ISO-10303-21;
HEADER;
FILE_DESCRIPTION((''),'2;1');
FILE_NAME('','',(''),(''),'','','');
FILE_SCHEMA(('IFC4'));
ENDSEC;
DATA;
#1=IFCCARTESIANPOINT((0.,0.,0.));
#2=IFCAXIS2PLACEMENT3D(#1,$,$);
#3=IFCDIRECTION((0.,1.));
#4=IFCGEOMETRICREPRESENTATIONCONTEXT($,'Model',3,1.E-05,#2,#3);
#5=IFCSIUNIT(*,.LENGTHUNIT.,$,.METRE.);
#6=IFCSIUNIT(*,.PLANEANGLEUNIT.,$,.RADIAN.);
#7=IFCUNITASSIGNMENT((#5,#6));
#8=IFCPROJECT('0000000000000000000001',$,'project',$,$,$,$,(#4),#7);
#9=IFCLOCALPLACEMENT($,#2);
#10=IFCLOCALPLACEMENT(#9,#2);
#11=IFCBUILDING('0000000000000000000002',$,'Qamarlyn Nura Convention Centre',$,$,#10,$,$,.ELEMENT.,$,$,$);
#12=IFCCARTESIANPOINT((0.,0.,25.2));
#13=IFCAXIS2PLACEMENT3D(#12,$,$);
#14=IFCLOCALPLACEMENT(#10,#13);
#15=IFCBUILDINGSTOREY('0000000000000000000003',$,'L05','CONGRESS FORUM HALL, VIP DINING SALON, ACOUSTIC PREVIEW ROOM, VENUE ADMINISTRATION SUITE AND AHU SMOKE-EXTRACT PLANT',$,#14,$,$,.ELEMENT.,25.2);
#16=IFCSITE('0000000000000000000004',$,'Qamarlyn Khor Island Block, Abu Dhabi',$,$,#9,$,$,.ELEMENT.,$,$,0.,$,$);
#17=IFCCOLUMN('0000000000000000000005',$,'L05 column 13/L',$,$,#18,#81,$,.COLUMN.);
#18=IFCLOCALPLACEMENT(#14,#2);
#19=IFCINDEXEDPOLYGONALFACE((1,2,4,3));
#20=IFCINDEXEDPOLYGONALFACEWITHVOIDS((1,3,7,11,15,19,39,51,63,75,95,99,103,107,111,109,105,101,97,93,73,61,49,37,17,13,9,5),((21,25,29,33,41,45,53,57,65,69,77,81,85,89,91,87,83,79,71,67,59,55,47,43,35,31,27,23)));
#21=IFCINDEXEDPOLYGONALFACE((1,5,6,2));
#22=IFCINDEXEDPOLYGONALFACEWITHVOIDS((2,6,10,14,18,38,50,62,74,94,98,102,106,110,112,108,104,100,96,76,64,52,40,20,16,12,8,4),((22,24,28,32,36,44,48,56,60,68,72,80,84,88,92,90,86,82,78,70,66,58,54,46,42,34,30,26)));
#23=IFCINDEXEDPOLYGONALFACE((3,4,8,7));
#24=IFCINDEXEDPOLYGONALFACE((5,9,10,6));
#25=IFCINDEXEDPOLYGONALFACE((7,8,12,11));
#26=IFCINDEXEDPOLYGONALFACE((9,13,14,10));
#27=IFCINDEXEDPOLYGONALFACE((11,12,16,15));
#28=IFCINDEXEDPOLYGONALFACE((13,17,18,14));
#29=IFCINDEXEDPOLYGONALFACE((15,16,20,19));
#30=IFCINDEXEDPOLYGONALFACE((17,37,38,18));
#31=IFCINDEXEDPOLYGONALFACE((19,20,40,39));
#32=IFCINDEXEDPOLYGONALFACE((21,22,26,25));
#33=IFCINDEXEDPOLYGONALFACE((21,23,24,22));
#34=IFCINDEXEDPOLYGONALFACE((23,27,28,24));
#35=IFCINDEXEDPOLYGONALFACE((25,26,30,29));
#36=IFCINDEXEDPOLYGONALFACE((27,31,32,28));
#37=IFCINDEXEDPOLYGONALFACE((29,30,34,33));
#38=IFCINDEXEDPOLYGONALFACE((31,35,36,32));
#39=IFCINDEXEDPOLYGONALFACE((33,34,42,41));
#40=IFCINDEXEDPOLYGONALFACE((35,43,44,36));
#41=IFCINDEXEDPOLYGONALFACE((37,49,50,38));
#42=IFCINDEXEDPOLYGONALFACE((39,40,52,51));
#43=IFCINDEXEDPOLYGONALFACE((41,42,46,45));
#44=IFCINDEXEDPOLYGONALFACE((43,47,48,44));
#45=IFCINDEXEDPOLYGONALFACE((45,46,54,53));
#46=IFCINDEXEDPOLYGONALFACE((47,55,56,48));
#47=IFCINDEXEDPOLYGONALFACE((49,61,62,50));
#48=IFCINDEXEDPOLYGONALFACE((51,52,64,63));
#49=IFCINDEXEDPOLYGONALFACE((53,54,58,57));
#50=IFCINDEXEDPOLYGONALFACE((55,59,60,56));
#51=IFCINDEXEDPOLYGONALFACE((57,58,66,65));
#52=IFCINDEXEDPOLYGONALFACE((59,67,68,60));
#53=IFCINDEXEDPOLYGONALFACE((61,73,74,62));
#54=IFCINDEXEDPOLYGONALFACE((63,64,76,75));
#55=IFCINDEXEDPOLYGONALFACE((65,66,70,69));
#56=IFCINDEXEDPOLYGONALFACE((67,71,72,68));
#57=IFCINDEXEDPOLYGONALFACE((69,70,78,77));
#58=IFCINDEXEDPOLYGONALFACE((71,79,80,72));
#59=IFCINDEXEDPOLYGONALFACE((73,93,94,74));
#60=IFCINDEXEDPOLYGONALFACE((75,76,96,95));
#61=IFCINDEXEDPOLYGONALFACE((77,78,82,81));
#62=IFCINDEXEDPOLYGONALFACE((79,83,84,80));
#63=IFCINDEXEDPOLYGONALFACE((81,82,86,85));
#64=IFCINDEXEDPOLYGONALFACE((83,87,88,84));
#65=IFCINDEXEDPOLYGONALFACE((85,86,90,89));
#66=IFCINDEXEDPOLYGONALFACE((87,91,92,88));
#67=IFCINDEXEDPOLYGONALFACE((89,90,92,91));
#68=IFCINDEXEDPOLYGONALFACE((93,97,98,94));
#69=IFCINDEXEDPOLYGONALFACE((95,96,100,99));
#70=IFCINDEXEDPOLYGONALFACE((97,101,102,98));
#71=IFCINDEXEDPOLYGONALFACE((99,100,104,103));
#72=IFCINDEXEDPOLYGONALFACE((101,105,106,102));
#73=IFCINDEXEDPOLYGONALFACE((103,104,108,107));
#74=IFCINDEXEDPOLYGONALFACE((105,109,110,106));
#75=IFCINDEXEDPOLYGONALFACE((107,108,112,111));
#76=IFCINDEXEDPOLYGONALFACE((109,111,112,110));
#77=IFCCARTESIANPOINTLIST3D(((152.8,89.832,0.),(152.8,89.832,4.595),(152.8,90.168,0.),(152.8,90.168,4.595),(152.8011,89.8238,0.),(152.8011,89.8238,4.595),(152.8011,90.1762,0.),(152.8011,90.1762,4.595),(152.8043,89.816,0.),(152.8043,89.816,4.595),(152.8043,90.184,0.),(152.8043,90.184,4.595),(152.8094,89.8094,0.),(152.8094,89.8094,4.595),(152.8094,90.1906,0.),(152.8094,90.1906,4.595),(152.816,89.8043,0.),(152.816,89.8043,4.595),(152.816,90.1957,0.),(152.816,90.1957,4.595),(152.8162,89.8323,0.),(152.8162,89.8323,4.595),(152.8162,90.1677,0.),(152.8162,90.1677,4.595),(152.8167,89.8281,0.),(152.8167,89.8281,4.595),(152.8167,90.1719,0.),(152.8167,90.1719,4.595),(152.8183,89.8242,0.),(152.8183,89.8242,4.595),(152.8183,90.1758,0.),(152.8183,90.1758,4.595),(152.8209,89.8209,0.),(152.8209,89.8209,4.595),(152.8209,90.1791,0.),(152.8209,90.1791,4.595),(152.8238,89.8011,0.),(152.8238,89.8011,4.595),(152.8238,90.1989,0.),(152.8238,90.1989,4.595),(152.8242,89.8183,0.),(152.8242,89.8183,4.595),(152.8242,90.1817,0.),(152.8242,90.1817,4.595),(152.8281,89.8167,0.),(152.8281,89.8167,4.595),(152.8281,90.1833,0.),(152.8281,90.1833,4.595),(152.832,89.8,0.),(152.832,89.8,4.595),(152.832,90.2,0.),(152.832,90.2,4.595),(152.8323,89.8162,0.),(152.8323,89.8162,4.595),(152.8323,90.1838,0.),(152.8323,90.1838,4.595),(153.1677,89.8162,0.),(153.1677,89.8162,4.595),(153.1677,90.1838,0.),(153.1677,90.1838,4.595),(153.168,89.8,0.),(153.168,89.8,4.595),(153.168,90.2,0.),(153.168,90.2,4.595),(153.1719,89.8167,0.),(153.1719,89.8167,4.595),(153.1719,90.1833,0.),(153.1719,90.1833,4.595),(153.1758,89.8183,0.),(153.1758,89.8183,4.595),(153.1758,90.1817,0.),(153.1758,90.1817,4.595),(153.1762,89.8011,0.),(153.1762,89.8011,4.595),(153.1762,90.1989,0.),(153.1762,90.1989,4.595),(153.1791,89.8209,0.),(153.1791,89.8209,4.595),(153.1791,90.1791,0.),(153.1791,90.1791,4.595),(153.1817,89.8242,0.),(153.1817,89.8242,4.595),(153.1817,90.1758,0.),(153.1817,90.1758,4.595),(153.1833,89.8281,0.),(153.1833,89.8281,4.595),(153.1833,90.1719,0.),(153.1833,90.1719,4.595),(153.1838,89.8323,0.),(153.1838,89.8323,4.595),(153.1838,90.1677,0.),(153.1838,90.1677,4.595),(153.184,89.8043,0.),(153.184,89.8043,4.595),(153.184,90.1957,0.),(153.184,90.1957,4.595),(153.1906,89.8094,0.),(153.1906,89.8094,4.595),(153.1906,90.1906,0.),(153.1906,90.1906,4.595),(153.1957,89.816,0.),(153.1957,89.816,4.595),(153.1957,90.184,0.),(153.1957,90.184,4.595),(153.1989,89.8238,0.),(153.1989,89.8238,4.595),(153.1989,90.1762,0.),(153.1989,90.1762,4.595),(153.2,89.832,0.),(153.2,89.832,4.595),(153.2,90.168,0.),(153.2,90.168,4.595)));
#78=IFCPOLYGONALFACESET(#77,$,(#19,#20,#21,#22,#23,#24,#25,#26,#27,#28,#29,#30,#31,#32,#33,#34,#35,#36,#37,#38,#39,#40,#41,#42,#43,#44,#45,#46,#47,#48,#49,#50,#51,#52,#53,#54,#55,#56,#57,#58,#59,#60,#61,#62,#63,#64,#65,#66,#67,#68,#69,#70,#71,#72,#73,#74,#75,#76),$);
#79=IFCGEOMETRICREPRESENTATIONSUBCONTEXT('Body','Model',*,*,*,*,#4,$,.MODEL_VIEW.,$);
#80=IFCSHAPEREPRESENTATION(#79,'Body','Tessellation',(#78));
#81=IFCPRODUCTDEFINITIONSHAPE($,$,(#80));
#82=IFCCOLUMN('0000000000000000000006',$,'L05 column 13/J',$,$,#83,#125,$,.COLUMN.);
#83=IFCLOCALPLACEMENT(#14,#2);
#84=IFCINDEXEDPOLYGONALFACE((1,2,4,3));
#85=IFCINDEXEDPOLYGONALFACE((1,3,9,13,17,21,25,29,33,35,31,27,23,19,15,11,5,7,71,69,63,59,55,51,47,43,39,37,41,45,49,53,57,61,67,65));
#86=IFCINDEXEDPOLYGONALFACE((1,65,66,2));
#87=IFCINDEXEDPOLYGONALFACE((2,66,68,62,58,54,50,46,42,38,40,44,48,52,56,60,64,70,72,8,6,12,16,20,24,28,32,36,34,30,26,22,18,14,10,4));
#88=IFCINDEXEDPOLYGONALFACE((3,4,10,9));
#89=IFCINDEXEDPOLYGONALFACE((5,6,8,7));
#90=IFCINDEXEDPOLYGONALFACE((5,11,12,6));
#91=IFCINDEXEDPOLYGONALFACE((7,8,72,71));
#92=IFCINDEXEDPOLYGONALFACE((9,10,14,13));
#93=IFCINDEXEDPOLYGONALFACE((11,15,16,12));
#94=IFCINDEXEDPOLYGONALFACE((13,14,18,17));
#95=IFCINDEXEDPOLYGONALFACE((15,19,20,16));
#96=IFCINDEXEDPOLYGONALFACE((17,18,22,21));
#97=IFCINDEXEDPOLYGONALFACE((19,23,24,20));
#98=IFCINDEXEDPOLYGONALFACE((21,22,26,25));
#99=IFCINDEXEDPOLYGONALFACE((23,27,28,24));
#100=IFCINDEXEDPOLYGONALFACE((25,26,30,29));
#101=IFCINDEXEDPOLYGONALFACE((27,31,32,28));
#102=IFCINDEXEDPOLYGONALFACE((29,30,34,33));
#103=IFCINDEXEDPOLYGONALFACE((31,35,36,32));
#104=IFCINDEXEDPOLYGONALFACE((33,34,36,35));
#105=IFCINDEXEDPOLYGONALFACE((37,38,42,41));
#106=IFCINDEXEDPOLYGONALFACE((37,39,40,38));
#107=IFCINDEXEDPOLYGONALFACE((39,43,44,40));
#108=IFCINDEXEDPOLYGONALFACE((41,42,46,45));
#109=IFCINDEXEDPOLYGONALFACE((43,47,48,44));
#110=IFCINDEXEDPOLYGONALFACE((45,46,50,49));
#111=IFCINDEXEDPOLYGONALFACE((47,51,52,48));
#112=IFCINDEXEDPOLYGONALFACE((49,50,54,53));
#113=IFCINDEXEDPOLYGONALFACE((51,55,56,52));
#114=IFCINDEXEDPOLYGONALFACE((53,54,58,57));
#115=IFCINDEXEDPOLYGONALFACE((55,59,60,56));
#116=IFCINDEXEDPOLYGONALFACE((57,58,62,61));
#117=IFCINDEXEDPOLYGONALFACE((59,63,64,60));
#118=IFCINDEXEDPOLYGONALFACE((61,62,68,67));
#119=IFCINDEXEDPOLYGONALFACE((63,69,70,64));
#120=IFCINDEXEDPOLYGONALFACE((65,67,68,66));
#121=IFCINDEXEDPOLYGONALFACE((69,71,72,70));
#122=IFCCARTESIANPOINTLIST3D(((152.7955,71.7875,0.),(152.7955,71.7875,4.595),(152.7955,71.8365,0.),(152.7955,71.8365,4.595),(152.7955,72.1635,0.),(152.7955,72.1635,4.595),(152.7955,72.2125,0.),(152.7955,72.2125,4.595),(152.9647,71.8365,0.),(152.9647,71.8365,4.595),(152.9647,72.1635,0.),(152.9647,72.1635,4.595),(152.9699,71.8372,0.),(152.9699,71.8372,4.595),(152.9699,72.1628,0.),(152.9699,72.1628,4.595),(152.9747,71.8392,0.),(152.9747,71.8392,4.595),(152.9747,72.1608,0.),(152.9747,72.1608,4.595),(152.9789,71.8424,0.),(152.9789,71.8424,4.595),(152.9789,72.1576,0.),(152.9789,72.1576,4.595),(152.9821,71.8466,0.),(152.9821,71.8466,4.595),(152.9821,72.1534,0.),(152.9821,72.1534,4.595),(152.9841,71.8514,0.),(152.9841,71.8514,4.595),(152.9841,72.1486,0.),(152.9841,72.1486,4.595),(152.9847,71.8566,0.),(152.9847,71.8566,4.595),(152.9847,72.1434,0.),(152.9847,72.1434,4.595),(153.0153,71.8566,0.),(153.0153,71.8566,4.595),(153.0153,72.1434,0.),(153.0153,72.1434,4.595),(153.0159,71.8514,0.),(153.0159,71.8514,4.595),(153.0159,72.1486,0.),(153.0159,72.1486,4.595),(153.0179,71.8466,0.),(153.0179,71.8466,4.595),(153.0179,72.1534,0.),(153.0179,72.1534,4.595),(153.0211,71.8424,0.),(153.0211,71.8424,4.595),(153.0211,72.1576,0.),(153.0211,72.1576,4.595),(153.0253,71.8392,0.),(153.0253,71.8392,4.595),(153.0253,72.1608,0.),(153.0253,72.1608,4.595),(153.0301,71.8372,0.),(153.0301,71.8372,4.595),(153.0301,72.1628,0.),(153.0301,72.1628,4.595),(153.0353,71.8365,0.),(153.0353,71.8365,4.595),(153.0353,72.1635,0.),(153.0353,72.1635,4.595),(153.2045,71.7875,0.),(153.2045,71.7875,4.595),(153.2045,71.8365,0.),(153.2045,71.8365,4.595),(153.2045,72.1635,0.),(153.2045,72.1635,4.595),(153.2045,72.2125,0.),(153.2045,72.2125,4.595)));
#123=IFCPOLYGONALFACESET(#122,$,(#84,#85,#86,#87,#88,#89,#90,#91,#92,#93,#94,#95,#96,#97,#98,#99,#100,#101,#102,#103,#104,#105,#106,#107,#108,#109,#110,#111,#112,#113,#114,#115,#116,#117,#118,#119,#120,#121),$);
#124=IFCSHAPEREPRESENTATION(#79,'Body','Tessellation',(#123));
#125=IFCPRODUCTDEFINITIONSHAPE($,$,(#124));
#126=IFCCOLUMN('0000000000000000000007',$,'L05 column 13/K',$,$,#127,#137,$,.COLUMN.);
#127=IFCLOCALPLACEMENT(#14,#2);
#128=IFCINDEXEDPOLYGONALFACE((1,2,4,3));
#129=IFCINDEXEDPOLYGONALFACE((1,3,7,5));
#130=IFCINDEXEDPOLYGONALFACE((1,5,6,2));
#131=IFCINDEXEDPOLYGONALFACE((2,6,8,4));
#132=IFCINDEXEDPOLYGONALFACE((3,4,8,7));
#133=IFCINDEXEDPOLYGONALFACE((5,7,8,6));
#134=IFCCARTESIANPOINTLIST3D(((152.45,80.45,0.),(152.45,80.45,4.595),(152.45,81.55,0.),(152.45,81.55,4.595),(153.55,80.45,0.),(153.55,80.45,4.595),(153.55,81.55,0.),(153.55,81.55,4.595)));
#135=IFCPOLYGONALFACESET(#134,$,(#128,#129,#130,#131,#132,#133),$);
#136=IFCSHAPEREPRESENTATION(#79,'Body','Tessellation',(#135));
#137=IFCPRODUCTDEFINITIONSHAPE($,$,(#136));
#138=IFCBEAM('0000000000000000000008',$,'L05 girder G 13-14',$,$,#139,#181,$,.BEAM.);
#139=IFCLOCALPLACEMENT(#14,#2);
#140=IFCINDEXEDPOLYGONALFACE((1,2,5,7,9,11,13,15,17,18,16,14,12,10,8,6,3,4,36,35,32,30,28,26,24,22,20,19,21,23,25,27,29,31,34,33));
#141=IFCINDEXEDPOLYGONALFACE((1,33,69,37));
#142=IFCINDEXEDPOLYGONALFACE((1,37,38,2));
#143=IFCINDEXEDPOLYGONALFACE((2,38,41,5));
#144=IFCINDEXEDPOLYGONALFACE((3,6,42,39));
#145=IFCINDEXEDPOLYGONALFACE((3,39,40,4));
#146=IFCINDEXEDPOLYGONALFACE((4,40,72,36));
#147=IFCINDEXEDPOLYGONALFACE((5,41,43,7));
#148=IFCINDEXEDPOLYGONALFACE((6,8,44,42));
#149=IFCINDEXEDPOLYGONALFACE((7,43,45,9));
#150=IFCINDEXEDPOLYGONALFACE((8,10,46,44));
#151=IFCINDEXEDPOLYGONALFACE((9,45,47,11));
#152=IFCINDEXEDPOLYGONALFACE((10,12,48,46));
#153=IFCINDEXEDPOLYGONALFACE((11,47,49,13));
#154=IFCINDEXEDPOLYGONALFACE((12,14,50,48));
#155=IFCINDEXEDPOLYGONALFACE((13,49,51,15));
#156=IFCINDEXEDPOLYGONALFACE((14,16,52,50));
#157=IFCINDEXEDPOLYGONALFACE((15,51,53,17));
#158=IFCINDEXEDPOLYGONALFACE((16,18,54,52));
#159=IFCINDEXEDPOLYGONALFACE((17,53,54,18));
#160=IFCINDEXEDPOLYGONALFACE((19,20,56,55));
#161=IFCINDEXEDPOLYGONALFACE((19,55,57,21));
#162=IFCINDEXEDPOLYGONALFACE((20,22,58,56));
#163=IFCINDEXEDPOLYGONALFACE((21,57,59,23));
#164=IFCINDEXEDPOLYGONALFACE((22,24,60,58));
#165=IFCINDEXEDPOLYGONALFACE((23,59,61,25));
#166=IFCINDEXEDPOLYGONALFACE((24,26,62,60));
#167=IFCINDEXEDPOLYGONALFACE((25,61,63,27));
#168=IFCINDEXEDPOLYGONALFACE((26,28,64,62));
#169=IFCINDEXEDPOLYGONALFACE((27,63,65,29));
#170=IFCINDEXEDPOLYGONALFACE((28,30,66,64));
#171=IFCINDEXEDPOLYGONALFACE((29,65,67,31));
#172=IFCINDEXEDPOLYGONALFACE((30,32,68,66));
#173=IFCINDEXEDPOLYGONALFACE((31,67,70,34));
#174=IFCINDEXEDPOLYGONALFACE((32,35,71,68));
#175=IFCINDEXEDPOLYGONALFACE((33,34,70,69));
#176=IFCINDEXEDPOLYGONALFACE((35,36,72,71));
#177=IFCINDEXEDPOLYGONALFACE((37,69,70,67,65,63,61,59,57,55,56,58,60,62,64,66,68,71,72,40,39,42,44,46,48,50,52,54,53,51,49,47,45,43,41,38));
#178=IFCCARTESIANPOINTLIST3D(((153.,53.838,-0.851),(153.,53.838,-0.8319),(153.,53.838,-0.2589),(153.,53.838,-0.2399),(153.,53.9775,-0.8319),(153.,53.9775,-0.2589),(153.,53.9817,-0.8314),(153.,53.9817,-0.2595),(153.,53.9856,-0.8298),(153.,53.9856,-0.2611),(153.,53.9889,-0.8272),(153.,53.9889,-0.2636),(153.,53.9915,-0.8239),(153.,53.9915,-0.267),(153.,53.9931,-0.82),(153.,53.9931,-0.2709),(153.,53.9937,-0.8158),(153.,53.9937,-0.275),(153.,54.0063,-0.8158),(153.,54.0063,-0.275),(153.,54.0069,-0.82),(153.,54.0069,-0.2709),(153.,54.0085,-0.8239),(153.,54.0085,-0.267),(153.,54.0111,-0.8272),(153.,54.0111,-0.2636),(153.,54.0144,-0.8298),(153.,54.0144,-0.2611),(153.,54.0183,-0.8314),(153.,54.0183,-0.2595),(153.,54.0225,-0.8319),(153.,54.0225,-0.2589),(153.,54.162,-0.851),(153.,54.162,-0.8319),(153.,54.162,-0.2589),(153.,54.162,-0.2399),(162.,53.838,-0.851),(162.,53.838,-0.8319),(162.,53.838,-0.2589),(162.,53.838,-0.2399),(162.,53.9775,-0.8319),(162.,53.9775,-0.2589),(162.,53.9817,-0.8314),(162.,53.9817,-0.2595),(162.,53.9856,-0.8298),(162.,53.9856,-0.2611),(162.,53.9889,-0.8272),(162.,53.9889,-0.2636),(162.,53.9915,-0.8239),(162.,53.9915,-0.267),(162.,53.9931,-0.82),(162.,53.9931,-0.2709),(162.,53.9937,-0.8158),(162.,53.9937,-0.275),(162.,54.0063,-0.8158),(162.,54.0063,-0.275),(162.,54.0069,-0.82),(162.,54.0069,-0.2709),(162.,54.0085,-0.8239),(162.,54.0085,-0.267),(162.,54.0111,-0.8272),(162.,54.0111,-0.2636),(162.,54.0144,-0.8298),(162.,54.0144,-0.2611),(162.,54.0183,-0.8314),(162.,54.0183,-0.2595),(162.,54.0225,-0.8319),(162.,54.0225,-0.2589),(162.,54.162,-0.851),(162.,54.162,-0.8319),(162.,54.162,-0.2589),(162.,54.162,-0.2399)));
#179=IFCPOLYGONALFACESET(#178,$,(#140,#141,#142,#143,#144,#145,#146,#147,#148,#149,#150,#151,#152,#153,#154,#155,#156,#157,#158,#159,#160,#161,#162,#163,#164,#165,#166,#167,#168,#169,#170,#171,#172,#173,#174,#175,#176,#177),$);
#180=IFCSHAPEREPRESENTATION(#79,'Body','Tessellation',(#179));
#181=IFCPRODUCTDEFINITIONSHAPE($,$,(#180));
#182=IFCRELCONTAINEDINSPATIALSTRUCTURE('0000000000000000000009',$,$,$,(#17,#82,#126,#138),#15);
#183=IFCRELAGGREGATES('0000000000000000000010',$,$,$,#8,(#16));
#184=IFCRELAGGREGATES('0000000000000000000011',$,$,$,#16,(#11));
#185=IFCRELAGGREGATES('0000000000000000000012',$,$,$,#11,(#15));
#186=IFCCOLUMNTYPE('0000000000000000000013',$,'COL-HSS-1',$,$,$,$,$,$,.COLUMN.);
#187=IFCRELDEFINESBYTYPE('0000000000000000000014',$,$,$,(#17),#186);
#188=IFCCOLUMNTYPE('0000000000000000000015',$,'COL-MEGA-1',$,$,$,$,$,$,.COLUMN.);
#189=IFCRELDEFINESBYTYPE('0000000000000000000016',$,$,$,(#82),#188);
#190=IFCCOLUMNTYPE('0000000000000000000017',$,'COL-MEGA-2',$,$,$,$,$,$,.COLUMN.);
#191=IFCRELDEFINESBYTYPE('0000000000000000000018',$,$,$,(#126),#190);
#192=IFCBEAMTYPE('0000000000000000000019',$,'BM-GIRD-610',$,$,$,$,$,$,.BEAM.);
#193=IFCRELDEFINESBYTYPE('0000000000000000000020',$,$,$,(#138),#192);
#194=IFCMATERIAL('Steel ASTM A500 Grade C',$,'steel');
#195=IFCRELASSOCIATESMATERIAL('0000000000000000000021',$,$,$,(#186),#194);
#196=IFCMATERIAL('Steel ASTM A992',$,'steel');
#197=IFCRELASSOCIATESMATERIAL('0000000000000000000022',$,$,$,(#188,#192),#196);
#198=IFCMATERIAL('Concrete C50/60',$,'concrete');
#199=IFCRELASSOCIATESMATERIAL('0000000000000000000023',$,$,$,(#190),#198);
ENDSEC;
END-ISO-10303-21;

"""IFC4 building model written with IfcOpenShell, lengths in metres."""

from ifc_helpers import new_model, si_unit, direction, frame, origin, origin_2d, place, context, subcontext, project, spatial, rectangle, hollow_rectangle, i_section, extrude, material, material_profile, profile_set, type_object, element, save


model = new_model("IFC4")

# Units and contexts
model_context = context("Model", 3, precision=1e-05, world=origin(), true_north=direction((0.0, 1.0)))
body_context = subcontext(model_context, "Body", "Model", "MODEL_VIEW")
ifc_project = project(units=[si_unit("LENGTHUNIT", "METRE"), si_unit("PLANEANGLEUNIT", "RADIAN")], contexts=[model_context])

# Site, building, storey
site_placement = place(None, origin())
site = spatial("IfcSite", under=ifc_project, at=site_placement, Name="Qamarlyn Khor Island Block, Abu Dhabi", CompositionType="ELEMENT", RefElevation=0.0)
building_placement = place(site_placement, origin())
building = spatial("IfcBuilding", under=site, at=building_placement, Name="Qamarlyn Nura Convention Centre", CompositionType="ELEMENT")
storey_placement = place(building_placement, frame((0.0, 0.0, 25.2)))
storey = spatial("IfcBuildingStorey", under=building, at=storey_placement, Name="L05", Description="CONGRESS FORUM HALL, VIP DINING SALON, ACOUSTIC PREVIEW ROOM, VENUE ADMINISTRATION SUITE AND AHU SMOKE-EXTRACT PLANT", CompositionType="ELEMENT", Elevation=25.2)

# Columns
ifc_material_1 = material(Name="Steel ASTM A500 Grade C", Category="steel")
ifc_material_profile_1 = material_profile(ifc_material_1, hollow_rectangle(XDim=0.3999, YDim=0.3999, WallThickness=0.0161, InnerFilletRadius=0.0161, OuterFilletRadius=0.032, at=origin_2d()), Name="HSS400X400X16")
ifc_profile_set_1 = profile_set([ifc_material_profile_1], Name="Steel ASTM A500 Grade C")
column_type_1 = type_object("IfcColumnType", Name="COL-HSS-1", PredefinedType="COLUMN", material=ifc_profile_set_1)
column_1_placement = place(storey_placement, frame((153.0, 90.0, 0.0), z_axis=(0.0, 0.0, 1.0), x_axis=(1.0, 0.0, 0.0)))
element("IfcColumn", 1, at=column_1_placement, inside=storey, type_object=column_type_1, Name="L05 column 13/L", PredefinedType="COLUMN", context=body_context, shape_type="SweptSolid", body=[
    extrude(hollow_rectangle(XDim=0.3999, YDim=0.3999, WallThickness=0.0161, InnerFilletRadius=0.0161, OuterFilletRadius=0.032, at=origin_2d()), origin(), (0.0, 0.0, 1.0), 4.595),
])
ifc_material_2 = material(Name="Steel ASTM A992", Category="steel")
ifc_material_profile_2 = material_profile(ifc_material_2, i_section(OverallWidth=0.4089, OverallDepth=0.425, WebThickness=0.0305, FlangeThickness=0.0491, FilletRadius=0.02, at=origin_2d()), Name="W360X421")
ifc_profile_set_2 = profile_set([ifc_material_profile_2], Name="Steel ASTM A992")
column_type_2 = type_object("IfcColumnType", Name="COL-MEGA-1", PredefinedType="COLUMN", material=ifc_profile_set_2)
column_2_placement = place(storey_placement, frame((153.0, 72.0, 0.0), z_axis=(0.0, 0.0, 1.0), x_axis=(1.0, 0.0, 0.0)))
element("IfcColumn", 2, at=column_2_placement, inside=storey, type_object=column_type_2, Name="L05 column 13/J", PredefinedType="COLUMN", context=body_context, shape_type="SweptSolid", body=[
    extrude(i_section(OverallWidth=0.4089, OverallDepth=0.425, WebThickness=0.0305, FlangeThickness=0.0491, FilletRadius=0.02, at=origin_2d()), origin(), (0.0, 0.0, 1.0), 4.595),
])
ifc_material_3 = material(Name="Concrete C50/60", Category="concrete")
ifc_material_profile_3 = material_profile(ifc_material_3, rectangle(XDim=1.1001, YDim=1.1001, at=origin_2d()), Name="RC 1100x1100")
ifc_profile_set_3 = profile_set([ifc_material_profile_3], Name="Concrete C50/60")
column_type_3 = type_object("IfcColumnType", Name="COL-MEGA-2", PredefinedType="COLUMN", material=ifc_profile_set_3)
column_3_placement = place(storey_placement, frame((153.0, 81.0, 0.0), z_axis=(0.0, 0.0, 1.0), x_axis=(1.0, 0.0, 0.0)))
element("IfcColumn", 3, at=column_3_placement, inside=storey, type_object=column_type_3, Name="L05 column 13/K", PredefinedType="COLUMN", context=body_context, shape_type="SweptSolid", body=[
    extrude(rectangle(XDim=1.1001, YDim=1.1001, at=origin_2d()), origin(), (0.0, 0.0, 1.0), 4.595),
])

# Beam
ifc_material_profile_4 = material_profile(ifc_material_2, i_section(OverallWidth=0.324, OverallDepth=0.6111, WebThickness=0.0127, FlangeThickness=0.019, FilletRadius=0.0161, at=origin_2d()), Name="W610X155")
ifc_profile_set_4 = profile_set([ifc_material_profile_4], Name="Steel ASTM A992")
beam_type_1 = type_object("IfcBeamType", Name="BM-GIRD-610", PredefinedType="BEAM", material=ifc_profile_set_4)
for number, where, z_axis, x_axis, name in (
    (4, (153.0, 54.0, -0.5454), (1.0, 0.0, 0.0), (0.0, 1.0, 0.0), "L05 girder G 13-14"),
):
    element("IfcBeam", number, at=place(storey_placement, frame(where, z_axis=z_axis, x_axis=x_axis)), inside=storey, type_object=beam_type_1, Name=name, PredefinedType="BEAM", context=body_context, shape_type="SweptSolid", body=[
        extrude(i_section(OverallWidth=0.324, OverallDepth=0.6111, WebThickness=0.0127, FlangeThickness=0.019, FilletRadius=0.0161, at=origin_2d()), origin(), (0.0, 0.0, 1.0), 9.0),
    ])

save(model, "model.ifc")
